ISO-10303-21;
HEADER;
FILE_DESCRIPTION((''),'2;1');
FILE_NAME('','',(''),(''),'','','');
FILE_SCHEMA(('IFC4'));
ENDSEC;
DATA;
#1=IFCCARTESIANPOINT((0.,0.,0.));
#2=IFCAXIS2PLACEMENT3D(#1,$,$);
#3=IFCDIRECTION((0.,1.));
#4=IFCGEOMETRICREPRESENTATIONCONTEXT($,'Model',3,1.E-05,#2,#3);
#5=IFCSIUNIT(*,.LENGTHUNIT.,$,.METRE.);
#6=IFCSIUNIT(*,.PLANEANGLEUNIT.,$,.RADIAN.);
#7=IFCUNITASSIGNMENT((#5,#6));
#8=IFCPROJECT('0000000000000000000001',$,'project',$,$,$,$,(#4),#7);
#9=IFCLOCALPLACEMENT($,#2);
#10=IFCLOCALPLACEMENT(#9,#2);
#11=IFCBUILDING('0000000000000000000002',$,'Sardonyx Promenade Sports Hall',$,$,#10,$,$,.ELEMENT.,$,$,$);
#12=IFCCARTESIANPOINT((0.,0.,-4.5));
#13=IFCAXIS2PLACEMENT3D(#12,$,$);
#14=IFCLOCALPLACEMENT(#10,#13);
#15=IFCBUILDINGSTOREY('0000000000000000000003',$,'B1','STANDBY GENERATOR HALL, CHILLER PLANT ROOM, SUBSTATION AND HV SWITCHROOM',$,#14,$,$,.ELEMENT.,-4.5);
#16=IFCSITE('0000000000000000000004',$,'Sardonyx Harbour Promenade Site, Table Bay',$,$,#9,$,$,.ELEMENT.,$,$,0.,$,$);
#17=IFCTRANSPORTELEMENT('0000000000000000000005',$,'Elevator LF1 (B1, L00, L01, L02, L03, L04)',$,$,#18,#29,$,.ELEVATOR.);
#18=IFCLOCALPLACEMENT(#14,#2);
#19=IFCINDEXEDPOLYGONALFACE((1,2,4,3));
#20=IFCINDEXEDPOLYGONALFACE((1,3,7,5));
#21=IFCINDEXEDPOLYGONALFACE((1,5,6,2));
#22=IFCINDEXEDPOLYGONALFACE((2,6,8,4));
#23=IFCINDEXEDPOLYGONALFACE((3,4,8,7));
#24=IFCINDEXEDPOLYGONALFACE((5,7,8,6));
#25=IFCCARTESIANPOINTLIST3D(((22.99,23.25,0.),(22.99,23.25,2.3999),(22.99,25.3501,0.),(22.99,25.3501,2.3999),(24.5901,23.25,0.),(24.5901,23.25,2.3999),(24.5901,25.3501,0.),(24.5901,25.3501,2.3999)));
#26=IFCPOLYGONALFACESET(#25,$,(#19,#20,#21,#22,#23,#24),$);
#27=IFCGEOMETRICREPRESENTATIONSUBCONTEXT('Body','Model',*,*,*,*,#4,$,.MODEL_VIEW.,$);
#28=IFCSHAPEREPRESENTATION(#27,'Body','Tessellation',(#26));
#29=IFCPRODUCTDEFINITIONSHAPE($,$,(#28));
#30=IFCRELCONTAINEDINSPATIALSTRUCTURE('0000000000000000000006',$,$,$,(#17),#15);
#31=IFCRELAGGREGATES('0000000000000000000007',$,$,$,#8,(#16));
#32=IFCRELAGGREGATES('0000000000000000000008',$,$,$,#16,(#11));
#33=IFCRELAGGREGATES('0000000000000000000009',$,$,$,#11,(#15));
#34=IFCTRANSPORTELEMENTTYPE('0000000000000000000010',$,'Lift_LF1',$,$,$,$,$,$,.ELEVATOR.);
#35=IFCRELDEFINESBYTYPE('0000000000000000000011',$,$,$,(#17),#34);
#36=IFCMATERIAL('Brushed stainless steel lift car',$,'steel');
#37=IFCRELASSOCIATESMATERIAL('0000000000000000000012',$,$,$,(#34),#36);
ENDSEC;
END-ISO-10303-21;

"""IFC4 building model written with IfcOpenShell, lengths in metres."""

from ifc_helpers import new_model, si_unit, direction, frame, origin, origin_2d, place, context, subcontext, project, spatial, rectangle, extrude, material, type_object, element, save


model = new_model("IFC4")

# Units and contexts
model_context = context("Model", 3, precision=1e-05, world=origin(), true_north=direction((0.0, 1.0)))
body_context = subcontext(model_context, "Body", "Model", "MODEL_VIEW")
ifc_project = project(units=[si_unit("LENGTHUNIT", "METRE"), si_unit("PLANEANGLEUNIT", "RADIAN")], contexts=[model_context])

# Site, building, storey
site_placement = place(None, origin())
site = spatial("IfcSite", under=ifc_project, at=site_placement, Name="Sardonyx Harbour Promenade Site, Table Bay", CompositionType="ELEMENT", RefElevation=0.0)
building_placement = place(site_placement, origin())
building = spatial("IfcBuilding", under=site, at=building_placement, Name="Sardonyx Promenade Sports Hall", CompositionType="ELEMENT")
storey_placement = place(building_placement, frame((0.0, 0.0, -4.5)))
storey = spatial("IfcBuildingStorey", under=building, at=storey_placement, Name="B1", Description="STANDBY GENERATOR HALL, CHILLER PLANT ROOM, SUBSTATION AND HV SWITCHROOM", CompositionType="ELEMENT", Elevation=-4.5)

# Transport element
ifc_material_1 = material(Name="Brushed stainless steel lift car", Category="steel")
transport_element_type = type_object("IfcTransportElementType", Name="Lift_LF1", PredefinedType="ELEVATOR", material=ifc_material_1)
transport_element_placement = place(storey_placement, frame((23.79, 24.3, 0.0), z_axis=(0.0, 0.0, 1.0), x_axis=(1.0, 0.0, 0.0)))
element("IfcTransportElement", 1, at=transport_element_placement, inside=storey, type_object=transport_element_type, Name="Elevator LF1 (B1, L00, L01, L02, L03, L04)", PredefinedType="ELEVATOR", context=body_context, shape_type="SweptSolid", body=[
    extrude(rectangle(XDim=1.6001, YDim=2.1001, at=origin_2d()), origin(), (0.0, 0.0, 1.0), 2.3999),
])

save(model, "model.ifc")
